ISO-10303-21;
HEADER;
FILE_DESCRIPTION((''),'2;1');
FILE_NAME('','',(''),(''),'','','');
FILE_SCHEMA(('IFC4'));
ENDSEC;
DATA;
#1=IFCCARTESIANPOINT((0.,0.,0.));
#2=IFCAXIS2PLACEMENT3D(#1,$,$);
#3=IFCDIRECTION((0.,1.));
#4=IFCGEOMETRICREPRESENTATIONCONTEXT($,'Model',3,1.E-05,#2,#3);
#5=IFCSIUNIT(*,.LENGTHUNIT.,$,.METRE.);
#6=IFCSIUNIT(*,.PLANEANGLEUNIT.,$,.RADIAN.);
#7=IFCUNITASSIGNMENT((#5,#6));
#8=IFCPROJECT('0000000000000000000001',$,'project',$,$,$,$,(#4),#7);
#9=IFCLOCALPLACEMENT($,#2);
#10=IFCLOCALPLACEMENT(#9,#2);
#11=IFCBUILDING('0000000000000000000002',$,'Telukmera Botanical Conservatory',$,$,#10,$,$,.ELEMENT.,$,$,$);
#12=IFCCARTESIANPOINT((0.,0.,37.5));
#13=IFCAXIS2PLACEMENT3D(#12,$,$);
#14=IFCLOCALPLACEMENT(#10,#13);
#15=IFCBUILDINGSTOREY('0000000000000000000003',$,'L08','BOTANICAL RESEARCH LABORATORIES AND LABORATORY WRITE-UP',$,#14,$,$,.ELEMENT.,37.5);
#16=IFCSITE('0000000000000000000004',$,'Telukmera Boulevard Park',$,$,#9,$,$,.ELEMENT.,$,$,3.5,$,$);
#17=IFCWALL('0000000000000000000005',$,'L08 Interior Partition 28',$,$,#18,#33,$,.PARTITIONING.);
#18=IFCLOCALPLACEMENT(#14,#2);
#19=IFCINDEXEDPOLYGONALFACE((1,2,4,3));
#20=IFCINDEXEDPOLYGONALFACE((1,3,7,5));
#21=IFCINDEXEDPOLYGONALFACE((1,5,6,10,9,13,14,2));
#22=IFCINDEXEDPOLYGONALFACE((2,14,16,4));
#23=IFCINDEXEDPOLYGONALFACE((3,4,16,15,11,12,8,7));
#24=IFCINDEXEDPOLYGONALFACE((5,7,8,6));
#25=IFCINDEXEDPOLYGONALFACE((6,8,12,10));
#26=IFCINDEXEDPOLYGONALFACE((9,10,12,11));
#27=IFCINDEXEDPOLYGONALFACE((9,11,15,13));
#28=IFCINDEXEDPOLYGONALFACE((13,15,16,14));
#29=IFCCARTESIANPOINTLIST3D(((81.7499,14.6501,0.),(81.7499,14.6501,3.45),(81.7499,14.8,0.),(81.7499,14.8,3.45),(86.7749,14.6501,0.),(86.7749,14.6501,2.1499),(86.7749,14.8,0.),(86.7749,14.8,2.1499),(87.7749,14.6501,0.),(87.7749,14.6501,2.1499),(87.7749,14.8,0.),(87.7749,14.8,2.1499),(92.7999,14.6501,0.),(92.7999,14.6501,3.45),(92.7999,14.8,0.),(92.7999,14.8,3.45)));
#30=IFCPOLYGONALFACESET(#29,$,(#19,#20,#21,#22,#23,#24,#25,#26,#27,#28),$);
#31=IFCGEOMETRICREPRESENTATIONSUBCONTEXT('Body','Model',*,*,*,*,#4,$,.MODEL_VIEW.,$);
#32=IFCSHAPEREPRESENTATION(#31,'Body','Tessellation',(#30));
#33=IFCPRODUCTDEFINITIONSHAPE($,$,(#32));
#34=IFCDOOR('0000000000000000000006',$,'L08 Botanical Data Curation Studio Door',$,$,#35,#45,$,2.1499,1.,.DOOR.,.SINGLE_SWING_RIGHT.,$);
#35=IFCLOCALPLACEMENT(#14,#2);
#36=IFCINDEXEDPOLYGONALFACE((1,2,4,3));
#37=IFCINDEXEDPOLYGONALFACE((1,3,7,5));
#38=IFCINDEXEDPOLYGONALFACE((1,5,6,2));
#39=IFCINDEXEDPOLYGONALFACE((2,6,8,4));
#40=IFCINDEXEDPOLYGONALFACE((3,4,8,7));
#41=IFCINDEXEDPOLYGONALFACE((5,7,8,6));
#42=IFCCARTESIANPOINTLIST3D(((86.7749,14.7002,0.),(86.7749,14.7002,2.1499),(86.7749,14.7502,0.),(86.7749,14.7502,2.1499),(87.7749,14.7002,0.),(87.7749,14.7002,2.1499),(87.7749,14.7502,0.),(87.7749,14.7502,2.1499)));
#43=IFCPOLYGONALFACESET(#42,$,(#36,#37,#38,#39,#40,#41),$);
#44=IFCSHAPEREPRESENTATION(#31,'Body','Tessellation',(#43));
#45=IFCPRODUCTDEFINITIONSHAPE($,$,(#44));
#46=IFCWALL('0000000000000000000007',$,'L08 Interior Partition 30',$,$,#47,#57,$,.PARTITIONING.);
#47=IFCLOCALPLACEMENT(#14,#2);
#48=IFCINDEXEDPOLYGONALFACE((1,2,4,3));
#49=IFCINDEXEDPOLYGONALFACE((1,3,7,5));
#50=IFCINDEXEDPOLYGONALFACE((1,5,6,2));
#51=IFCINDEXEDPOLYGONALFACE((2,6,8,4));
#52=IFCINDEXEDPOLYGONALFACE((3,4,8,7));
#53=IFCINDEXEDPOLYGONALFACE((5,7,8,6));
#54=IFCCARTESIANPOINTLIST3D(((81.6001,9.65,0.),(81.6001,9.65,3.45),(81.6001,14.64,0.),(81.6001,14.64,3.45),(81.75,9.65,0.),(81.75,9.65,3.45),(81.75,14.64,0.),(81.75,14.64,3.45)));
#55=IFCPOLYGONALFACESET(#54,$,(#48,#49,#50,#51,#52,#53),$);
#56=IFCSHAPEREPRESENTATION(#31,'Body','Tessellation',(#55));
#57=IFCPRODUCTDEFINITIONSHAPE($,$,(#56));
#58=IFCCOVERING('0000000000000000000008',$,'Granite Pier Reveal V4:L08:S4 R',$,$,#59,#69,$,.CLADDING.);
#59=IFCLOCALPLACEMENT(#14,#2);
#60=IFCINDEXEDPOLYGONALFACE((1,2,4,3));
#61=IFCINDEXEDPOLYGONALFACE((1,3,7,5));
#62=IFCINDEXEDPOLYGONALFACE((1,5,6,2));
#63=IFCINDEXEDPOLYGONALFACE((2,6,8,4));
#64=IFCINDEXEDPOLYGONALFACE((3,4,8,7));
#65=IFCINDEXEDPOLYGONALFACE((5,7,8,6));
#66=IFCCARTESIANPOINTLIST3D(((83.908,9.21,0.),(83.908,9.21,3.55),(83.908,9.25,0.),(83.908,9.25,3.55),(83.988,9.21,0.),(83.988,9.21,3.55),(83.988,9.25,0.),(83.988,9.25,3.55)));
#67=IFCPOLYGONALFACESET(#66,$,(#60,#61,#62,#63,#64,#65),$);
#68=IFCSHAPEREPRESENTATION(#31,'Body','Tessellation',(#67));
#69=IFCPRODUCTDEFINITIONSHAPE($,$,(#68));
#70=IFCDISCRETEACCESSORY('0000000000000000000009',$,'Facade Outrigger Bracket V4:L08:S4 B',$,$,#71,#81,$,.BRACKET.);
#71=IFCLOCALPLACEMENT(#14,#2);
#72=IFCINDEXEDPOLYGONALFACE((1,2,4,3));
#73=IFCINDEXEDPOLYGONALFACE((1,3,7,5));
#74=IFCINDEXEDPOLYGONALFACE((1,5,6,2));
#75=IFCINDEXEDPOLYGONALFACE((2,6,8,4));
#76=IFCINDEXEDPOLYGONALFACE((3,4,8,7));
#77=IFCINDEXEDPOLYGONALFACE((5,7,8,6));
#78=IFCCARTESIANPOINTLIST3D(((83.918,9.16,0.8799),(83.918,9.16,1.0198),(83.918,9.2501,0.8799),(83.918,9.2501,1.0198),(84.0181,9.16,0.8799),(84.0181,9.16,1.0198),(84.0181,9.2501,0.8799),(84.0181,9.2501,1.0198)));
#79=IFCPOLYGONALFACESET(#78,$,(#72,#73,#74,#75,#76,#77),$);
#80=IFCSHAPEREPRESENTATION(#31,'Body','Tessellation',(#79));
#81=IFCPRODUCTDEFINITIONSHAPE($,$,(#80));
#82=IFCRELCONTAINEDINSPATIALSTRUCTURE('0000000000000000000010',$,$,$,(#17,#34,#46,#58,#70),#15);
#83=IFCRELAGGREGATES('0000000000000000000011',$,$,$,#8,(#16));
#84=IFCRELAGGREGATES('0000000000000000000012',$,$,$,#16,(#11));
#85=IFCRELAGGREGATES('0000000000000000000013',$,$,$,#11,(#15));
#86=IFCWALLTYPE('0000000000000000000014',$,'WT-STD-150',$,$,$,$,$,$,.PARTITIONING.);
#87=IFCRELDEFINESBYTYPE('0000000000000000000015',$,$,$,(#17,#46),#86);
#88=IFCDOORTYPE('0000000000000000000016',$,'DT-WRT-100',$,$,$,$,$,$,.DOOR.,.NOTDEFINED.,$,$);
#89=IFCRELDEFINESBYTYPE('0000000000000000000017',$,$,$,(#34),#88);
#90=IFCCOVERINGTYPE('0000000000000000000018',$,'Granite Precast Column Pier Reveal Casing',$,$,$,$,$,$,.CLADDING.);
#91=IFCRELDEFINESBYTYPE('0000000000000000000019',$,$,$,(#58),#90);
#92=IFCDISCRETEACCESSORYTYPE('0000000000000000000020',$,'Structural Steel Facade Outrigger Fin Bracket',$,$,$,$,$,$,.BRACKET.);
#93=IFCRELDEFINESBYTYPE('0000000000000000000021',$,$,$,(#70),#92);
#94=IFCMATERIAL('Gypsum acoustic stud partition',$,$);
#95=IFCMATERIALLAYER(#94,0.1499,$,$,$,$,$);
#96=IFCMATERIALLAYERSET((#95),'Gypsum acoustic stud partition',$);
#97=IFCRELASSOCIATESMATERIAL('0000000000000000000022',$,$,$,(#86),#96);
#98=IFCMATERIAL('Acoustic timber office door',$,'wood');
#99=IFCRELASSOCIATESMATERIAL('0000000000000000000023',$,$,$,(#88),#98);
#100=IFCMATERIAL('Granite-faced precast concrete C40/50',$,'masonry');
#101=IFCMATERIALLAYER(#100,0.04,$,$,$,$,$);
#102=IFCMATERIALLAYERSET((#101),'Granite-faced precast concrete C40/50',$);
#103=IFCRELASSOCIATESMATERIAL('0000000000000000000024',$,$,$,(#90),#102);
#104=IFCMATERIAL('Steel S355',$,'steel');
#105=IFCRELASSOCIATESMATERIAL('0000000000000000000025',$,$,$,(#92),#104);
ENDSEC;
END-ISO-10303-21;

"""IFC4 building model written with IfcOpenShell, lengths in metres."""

from ifc_helpers import new_model, si_unit, direction, frame, frame_2d, origin, origin_2d, place, context, subcontext, project, spatial, rectangle, extrude, material, layer, layer_set, type_object, element, fill, save


model = new_model("IFC4")

# Units and contexts
model_context = context("Model", 3, precision=1e-05, world=origin(), true_north=direction((0.0, 1.0)))
body_context = subcontext(model_context, "Body", "Model", "MODEL_VIEW")
ifc_project = project(units=[si_unit("LENGTHUNIT", "METRE"), si_unit("PLANEANGLEUNIT", "RADIAN")], contexts=[model_context])

# Site, building, storey
site_placement = place(None, origin())
site = spatial("IfcSite", under=ifc_project, at=site_placement, Name="Telukmera Boulevard Park", CompositionType="ELEMENT", RefElevation=3.5)
building_placement = place(site_placement, origin())
building = spatial("IfcBuilding", under=site, at=building_placement, Name="Telukmera Botanical Conservatory", CompositionType="ELEMENT")
storey_placement = place(building_placement, frame((0.0, 0.0, 37.5)))
storey = spatial("IfcBuildingStorey", under=building, at=storey_placement, Name="L08", Description="BOTANICAL RESEARCH LABORATORIES AND LABORATORY WRITE-UP", CompositionType="ELEMENT", Elevation=37.5)

# Wall, opening, door
ifc_material_1 = material(Name="Gypsum acoustic stud partition")
ifc_layer_1 = layer(ifc_material_1, 0.1499)
ifc_layer_set_1 = layer_set([ifc_layer_1], Name="Gypsum acoustic stud partition")
wall_type = type_object("IfcWallType", Name="WT-STD-150", PredefinedType="PARTITIONING", material=ifc_layer_set_1)
wall_1_placement = place(storey_placement, frame((81.75, 14.7251, 0.0), z_axis=(0.0, 0.0, 1.0), x_axis=(1.0, 0.0, 0.0)))
wall_1 = element("IfcWall", 1, at=wall_1_placement, inside=storey, type_object=wall_type, Name="L08 Interior Partition 28", PredefinedType="PARTITIONING", context=body_context, shape_type="SweptSolid", body=[
    extrude(rectangle(XDim=11.05, YDim=0.1499, at=frame_2d((5.5249, 0.0))), origin(), (0.0, 0.0, 1.0), 3.45),
])
opening_placement = place(wall_1_placement, frame((5.0249, 0.0, 0.0)))
opening = element("IfcOpeningElement", 2, at=opening_placement, cuts=wall_1, PredefinedType="OPENING", context=body_context, shape_type="SweptSolid", body=[
    extrude(rectangle(XDim=1.0, YDim=2.1499, at=frame_2d((0.5, 1.075))), frame((0.0, 0.085, 0.0), z_axis=(0.0, -1.0, 0.0), x_axis=(1.0, 0.0, 0.0)), (0.0, 0.0, 1.0), 0.1699),
])
ifc_material_2 = material(Name="Acoustic timber office door", Category="wood")
door_type = type_object("IfcDoorType", Name="DT-WRT-100", OperationType="NOTDEFINED", PredefinedType="DOOR", material=ifc_material_2)
door_placement = place(opening_placement, frame((1.0, 0.0, 0.0), z_axis=(0.0, 0.0, 1.0), x_axis=(-1.0, 0.0, 0.0)))
door = element("IfcDoor", 3, at=door_placement, inside=storey, type_object=door_type, Name="L08 Botanical Data Curation Studio Door", OperationType="SINGLE_SWING_RIGHT", OverallHeight=2.1499, OverallWidth=1.0, PredefinedType="DOOR", context=body_context, shape_type="SweptSolid", body=[
    extrude(rectangle(XDim=1.0, YDim=2.1499, at=frame_2d((0.5, 1.075))), frame((0.0, 0.0249, 0.0), z_axis=(0.0, -1.0, 0.0), x_axis=(1.0, 0.0, 0.0)), (0.0, 0.0, 1.0), 0.05),
])
fill(opening, door)

# Wall
wall_2_placement = place(storey_placement, frame((81.675, 9.6499, 0.0), z_axis=(0.0, 0.0, 1.0), x_axis=(0.0, 1.0, 0.0)))
element("IfcWall", 4, at=wall_2_placement, inside=storey, type_object=wall_type, Name="L08 Interior Partition 30", PredefinedType="PARTITIONING", context=body_context, shape_type="SweptSolid", body=[
    extrude(rectangle(XDim=4.99, YDim=0.1499, at=frame_2d((2.4951, 0.0))), origin(), (0.0, 0.0, 1.0), 3.45),
])

# Covering
ifc_material_3 = material(Name="Granite-faced precast concrete C40/50", Category="masonry")
ifc_layer_2 = layer(ifc_material_3, 0.04)
ifc_layer_set_2 = layer_set([ifc_layer_2], Name="Granite-faced precast concrete C40/50")
covering_type = type_object("IfcCoveringType", Name="Granite Precast Column Pier Reveal Casing", PredefinedType="CLADDING", material=ifc_layer_set_2)
covering_placement = place(storey_placement, frame((83.948, 9.23, 0.0), z_axis=(0.0, 0.0, 1.0), x_axis=(1.0, 0.0, 0.0)))
element("IfcCovering", 5, at=covering_placement, inside=storey, type_object=covering_type, Name="Granite Pier Reveal V4:L08:S4 R", PredefinedType="CLADDING", context=body_context, shape_type="SweptSolid", body=[
    extrude(rectangle(XDim=0.0801, YDim=0.04, at=origin_2d()), origin(), (0.0, 0.0, 1.0), 3.55),
])

# Discrete accessory
ifc_material_4 = material(Name="Steel S355", Category="steel")
discrete_accessory_type = type_object("IfcDiscreteAccessoryType", Name="Structural Steel Facade Outrigger Fin Bracket", PredefinedType="BRACKET", material=ifc_material_4)
discrete_accessory_placement = place(storey_placement, frame((83.968, 9.2051, 0.8799), z_axis=(0.0, 0.0, 1.0), x_axis=(1.0, 0.0, 0.0)))
element("IfcDiscreteAccessory", 6, at=discrete_accessory_placement, inside=storey, type_object=discrete_accessory_type, Name="Facade Outrigger Bracket V4:L08:S4 B", PredefinedType="BRACKET", context=body_context, shape_type="SweptSolid", body=[
    extrude(rectangle(XDim=0.1001, YDim=0.0901, at=origin_2d()), origin(), (0.0, 0.0, 1.0), 0.1399),
])

save(model, "model.ifc")
